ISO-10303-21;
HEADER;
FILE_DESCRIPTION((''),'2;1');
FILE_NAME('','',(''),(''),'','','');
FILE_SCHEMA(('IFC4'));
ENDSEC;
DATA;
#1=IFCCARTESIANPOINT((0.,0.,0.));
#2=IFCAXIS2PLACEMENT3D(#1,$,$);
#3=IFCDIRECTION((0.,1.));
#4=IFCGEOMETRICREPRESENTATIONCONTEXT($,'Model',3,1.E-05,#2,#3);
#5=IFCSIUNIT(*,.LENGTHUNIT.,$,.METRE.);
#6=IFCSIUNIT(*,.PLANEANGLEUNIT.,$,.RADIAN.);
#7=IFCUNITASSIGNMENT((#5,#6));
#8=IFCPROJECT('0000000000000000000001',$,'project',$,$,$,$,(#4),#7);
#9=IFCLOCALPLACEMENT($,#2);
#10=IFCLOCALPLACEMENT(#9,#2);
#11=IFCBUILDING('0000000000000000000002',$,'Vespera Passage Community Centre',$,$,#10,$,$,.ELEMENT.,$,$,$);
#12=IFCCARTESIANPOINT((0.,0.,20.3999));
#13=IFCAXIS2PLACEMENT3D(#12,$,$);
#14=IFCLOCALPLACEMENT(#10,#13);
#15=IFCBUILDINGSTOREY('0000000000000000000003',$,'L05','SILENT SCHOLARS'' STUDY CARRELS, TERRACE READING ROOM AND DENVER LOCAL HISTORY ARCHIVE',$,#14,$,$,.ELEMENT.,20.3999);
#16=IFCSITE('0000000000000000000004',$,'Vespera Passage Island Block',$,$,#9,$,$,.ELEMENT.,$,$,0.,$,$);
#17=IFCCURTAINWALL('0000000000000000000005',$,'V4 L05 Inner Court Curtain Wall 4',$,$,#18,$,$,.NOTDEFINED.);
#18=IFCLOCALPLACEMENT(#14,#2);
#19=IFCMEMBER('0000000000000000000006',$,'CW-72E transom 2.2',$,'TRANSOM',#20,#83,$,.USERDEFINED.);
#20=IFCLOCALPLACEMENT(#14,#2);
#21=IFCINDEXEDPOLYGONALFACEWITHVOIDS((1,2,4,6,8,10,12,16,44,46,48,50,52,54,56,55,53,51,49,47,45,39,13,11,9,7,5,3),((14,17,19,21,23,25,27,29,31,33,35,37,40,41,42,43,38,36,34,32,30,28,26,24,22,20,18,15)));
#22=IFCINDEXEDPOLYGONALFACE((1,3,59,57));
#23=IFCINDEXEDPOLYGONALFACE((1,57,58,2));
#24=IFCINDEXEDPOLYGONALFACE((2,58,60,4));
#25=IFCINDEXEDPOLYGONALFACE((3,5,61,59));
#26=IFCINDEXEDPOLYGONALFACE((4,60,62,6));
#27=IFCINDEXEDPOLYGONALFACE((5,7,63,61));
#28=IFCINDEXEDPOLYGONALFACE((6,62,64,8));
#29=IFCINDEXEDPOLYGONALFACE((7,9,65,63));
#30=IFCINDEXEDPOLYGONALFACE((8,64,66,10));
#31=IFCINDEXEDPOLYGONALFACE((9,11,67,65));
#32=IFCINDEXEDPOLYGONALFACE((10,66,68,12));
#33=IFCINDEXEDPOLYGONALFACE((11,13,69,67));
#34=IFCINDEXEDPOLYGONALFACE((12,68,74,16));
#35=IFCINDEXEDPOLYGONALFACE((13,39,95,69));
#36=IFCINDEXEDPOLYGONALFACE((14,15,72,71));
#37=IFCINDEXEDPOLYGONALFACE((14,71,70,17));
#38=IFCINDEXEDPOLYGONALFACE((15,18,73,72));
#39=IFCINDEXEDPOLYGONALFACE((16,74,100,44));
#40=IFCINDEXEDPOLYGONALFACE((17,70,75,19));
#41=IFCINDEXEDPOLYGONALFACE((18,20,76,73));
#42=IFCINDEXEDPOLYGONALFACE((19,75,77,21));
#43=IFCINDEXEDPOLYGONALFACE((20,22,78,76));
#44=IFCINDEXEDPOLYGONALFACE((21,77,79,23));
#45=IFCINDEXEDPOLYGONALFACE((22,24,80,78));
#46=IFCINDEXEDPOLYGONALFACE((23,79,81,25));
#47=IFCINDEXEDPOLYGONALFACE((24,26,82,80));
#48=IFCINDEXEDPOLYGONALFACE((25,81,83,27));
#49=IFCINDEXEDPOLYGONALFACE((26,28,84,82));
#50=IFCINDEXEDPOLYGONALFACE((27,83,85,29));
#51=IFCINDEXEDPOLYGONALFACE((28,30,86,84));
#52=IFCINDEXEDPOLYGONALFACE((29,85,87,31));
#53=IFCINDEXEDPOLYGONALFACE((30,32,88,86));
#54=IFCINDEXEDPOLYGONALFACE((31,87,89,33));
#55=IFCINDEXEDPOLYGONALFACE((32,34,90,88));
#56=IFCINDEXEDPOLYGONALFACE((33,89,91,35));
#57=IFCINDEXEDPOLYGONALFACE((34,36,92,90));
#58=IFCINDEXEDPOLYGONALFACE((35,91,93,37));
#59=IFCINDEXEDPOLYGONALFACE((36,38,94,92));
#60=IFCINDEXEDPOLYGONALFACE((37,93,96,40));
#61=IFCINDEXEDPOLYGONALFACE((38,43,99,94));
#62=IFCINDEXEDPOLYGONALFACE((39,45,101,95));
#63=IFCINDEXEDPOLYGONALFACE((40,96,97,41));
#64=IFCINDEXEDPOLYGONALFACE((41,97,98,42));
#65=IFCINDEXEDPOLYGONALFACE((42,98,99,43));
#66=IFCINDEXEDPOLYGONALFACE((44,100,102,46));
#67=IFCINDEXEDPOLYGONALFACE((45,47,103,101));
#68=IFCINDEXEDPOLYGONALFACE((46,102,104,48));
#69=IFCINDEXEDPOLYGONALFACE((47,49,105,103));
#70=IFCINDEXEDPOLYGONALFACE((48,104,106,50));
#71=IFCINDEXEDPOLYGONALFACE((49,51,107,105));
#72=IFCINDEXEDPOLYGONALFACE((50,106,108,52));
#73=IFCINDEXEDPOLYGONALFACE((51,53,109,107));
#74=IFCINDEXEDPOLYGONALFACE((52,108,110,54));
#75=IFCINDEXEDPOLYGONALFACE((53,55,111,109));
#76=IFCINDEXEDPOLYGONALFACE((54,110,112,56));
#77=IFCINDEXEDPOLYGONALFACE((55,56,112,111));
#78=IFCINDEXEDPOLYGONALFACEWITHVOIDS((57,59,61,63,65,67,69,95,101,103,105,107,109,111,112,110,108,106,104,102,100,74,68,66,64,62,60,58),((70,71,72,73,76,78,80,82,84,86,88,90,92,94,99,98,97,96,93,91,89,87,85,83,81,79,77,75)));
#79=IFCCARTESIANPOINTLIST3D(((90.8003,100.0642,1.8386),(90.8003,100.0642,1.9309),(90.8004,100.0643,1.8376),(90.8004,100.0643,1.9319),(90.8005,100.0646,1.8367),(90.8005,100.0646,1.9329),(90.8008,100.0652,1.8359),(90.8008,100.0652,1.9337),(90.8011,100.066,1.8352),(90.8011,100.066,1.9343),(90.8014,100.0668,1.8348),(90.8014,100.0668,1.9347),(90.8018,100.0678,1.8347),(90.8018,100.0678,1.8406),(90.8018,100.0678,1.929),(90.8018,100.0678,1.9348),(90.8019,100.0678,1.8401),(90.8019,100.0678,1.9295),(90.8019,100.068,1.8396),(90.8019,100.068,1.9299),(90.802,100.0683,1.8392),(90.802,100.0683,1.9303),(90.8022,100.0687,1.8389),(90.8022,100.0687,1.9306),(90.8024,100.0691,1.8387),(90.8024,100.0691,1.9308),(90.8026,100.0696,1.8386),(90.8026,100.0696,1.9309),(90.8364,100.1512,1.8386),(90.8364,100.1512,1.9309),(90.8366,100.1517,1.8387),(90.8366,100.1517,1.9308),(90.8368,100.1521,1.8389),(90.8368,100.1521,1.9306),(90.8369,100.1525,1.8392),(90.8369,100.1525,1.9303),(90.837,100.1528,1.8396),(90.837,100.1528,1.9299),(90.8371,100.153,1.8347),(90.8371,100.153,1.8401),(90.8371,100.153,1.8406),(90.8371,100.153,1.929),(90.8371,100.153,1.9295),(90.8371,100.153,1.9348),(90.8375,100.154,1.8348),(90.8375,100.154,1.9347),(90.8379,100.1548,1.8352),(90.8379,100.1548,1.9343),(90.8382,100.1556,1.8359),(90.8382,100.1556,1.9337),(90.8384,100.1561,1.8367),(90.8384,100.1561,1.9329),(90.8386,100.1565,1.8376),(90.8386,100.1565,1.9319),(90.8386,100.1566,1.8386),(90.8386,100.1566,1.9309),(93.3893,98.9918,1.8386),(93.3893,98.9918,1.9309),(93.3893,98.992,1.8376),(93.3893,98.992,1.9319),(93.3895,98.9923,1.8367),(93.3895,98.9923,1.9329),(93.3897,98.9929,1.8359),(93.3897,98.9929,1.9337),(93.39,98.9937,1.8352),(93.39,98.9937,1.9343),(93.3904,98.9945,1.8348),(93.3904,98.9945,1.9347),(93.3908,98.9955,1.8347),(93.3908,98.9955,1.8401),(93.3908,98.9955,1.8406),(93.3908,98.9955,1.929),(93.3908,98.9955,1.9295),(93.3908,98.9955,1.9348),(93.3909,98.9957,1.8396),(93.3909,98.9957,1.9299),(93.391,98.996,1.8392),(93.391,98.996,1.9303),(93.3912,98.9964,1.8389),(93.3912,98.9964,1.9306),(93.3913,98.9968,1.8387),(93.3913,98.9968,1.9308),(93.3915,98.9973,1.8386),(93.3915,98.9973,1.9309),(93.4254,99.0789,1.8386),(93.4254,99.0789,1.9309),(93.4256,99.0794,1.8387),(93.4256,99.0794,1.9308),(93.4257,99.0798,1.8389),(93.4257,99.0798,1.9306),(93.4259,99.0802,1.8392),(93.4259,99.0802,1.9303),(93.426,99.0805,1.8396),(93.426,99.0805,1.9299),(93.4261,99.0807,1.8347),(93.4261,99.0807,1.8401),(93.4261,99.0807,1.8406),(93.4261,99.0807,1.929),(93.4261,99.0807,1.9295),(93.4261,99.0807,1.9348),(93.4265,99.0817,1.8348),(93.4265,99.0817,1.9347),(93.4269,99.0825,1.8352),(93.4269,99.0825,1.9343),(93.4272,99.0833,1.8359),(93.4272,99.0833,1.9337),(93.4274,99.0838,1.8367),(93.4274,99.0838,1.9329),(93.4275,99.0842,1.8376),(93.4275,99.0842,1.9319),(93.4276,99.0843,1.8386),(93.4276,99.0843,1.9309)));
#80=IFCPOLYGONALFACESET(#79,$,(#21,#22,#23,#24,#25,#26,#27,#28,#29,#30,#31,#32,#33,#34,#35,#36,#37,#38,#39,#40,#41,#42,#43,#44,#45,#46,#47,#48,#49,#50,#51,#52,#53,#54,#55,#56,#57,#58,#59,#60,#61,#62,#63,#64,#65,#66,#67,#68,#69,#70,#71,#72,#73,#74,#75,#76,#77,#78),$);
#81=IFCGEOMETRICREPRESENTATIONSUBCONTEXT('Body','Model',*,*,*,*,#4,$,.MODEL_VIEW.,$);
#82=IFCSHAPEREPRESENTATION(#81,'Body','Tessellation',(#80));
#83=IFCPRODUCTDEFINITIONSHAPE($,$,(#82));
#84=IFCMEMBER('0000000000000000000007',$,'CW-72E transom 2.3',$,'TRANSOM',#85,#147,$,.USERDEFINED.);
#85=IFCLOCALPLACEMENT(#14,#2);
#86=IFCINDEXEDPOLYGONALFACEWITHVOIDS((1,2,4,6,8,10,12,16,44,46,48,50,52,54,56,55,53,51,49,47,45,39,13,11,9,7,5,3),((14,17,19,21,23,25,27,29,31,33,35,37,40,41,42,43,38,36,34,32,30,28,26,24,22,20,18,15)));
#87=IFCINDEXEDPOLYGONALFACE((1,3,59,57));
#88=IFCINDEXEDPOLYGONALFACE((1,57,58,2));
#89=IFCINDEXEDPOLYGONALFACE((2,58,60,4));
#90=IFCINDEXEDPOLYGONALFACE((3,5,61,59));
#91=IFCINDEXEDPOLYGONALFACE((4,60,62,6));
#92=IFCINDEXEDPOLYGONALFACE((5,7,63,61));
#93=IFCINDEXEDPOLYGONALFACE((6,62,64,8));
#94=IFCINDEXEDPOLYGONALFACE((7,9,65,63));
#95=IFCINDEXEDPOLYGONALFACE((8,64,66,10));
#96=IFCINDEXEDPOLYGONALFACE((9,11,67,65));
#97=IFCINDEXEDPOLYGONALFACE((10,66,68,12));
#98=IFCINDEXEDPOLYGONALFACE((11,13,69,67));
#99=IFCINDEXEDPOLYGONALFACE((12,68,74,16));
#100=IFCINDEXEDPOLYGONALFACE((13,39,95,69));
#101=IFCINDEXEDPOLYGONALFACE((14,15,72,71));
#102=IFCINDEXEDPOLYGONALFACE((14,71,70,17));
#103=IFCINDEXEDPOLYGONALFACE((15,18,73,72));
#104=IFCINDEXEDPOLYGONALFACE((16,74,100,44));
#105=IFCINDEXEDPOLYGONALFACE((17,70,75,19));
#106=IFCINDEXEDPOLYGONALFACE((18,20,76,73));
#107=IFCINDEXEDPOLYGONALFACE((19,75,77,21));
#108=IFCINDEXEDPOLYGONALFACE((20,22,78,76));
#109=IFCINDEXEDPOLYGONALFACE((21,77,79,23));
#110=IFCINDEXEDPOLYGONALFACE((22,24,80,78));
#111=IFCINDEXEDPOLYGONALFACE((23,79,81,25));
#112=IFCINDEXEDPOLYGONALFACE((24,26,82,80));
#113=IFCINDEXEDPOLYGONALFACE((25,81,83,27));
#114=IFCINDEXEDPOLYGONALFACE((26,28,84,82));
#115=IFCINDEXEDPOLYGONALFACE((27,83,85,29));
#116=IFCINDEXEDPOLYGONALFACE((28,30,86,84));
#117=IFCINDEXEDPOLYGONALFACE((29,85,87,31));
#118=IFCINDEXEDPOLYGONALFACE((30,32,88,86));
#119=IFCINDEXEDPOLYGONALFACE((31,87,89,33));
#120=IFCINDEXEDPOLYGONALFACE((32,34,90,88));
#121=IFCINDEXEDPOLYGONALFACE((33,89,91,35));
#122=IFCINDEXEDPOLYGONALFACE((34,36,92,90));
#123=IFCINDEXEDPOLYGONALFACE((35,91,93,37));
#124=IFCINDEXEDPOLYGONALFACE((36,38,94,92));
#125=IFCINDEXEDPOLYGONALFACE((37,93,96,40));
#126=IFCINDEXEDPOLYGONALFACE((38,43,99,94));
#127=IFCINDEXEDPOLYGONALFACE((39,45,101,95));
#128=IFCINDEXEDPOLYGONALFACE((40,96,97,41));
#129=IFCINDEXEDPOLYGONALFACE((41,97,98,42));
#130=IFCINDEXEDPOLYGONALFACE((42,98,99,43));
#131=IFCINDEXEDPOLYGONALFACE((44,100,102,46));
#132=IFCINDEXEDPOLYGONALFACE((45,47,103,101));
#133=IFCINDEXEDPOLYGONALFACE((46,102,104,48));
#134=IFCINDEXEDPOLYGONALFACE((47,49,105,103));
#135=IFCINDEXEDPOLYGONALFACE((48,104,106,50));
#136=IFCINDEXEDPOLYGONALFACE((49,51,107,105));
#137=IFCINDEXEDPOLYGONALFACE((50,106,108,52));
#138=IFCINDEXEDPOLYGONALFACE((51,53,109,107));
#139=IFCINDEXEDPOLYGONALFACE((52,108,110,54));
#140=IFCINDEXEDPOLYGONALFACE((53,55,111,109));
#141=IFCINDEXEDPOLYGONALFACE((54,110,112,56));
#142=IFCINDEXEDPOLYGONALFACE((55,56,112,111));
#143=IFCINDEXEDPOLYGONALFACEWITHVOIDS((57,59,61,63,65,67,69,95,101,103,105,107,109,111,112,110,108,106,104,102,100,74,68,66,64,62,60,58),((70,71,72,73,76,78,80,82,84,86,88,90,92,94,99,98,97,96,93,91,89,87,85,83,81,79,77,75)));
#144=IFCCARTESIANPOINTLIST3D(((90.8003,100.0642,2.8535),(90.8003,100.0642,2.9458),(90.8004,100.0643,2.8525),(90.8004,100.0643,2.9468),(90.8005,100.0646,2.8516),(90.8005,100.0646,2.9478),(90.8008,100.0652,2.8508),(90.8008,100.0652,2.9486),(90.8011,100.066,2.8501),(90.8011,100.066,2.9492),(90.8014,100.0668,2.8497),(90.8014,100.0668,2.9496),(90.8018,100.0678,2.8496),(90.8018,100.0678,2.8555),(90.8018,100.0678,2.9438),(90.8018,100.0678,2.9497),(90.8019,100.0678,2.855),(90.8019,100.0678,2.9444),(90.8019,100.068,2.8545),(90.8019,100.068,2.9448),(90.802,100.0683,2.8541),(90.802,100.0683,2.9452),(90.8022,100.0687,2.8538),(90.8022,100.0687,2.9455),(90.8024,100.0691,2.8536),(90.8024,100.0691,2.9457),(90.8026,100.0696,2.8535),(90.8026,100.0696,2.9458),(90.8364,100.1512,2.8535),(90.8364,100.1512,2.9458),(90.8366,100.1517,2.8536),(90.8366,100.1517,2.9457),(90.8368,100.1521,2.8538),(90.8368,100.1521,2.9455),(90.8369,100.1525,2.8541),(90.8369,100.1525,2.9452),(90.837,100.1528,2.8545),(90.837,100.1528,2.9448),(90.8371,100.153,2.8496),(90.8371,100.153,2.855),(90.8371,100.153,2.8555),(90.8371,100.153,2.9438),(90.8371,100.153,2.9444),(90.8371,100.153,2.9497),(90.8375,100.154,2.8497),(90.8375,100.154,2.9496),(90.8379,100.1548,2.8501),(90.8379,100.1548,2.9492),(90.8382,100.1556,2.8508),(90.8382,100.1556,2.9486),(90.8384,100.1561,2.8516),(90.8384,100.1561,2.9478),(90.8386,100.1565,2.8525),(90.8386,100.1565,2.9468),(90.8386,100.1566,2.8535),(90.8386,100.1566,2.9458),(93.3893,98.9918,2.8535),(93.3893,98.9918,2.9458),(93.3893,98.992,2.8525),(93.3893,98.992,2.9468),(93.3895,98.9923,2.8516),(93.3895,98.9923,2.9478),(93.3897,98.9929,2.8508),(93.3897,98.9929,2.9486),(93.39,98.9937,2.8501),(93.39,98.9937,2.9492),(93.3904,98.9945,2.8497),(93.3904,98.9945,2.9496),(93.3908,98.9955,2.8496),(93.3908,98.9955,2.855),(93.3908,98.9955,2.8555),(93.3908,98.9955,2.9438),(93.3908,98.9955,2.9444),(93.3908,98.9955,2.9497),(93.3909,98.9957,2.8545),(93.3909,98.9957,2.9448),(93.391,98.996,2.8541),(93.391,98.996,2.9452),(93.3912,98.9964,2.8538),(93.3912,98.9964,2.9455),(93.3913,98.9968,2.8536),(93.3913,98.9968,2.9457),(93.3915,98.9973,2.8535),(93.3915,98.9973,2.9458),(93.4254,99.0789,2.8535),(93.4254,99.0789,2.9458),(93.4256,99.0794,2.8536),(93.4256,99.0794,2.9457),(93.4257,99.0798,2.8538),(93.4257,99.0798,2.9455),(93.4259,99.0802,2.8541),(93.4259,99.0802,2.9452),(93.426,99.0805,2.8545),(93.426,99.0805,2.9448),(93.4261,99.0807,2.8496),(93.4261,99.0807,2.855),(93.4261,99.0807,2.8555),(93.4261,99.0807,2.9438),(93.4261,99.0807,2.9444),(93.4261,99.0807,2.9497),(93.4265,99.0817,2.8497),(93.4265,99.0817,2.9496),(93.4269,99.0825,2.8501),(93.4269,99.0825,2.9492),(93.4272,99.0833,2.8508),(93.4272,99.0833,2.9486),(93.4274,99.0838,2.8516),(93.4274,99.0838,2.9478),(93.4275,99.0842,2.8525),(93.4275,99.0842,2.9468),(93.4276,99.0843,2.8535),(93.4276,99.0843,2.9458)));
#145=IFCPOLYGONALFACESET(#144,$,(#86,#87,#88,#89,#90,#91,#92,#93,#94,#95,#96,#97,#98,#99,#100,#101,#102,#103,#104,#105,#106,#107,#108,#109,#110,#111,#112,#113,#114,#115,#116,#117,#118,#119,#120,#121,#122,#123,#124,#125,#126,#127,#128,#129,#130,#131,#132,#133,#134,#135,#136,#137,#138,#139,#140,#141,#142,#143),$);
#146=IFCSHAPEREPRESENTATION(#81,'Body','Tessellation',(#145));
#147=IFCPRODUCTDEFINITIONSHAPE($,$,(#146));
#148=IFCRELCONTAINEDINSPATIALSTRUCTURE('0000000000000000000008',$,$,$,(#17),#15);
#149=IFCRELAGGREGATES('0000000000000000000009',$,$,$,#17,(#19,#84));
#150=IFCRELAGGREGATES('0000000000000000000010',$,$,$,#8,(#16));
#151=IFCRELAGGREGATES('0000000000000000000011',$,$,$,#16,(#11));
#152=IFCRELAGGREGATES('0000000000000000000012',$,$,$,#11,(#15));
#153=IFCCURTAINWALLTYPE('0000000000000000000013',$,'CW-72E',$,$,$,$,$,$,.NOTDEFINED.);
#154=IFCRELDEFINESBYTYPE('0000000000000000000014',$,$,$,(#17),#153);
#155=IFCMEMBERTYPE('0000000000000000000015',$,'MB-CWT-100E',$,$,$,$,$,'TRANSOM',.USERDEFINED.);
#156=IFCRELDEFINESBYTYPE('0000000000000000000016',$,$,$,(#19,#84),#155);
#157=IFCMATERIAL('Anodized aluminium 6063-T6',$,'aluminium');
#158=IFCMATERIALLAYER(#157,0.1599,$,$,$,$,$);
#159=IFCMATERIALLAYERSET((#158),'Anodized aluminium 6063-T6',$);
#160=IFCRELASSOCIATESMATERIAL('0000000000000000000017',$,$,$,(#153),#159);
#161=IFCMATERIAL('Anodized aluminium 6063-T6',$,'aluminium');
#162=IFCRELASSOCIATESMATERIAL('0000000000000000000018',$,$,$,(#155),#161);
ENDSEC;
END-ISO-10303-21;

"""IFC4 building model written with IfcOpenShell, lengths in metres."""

from ifc_helpers import new_model, si_unit, direction, frame, origin, origin_2d, place, context, subcontext, project, spatial, hollow_rectangle, extrude, material, layer, layer_set, material_profile, profile_set, type_object, element, aggregate, save


model = new_model("IFC4")

# Units and contexts
model_context = context("Model", 3, precision=1e-05, world=origin(), true_north=direction((0.0, 1.0)))
body_context = subcontext(model_context, "Body", "Model", "MODEL_VIEW")
ifc_project = project(units=[si_unit("LENGTHUNIT", "METRE"), si_unit("PLANEANGLEUNIT", "RADIAN")], contexts=[model_context])

# Site, building, storey
site_placement = place(None, origin())
site = spatial("IfcSite", under=ifc_project, at=site_placement, Name="Vespera Passage Island Block", CompositionType="ELEMENT", RefElevation=0.0)
building_placement = place(site_placement, origin())
building = spatial("IfcBuilding", under=site, at=building_placement, Name="Vespera Passage Community Centre", CompositionType="ELEMENT")
storey_placement = place(building_placement, frame((0.0, 0.0, 20.3999)))
storey = spatial("IfcBuildingStorey", under=building, at=storey_placement, Name="L05", Description="SILENT SCHOLARS' STUDY CARRELS, TERRACE READING ROOM AND DENVER LOCAL HISTORY ARCHIVE", CompositionType="ELEMENT", Elevation=20.3999)

# Curtain wall, members
ifc_material_1 = material(Name="Anodized aluminium 6063-T6", Category="aluminium")
ifc_layer_1 = layer(ifc_material_1, 0.1599)
ifc_layer_set_1 = layer_set([ifc_layer_1], Name="Anodized aluminium 6063-T6")
curtain_wall_type_1 = type_object("IfcCurtainWallType", Name="CW-72E", PredefinedType="NOTDEFINED", material=ifc_layer_set_1)
curtain_wall_1_placement = place(storey_placement, origin())
curtain_wall_1 = element("IfcCurtainWall", 1, at=curtain_wall_1_placement, inside=storey, type_object=curtain_wall_type_1, Name="V4 L05 Inner Court Curtain Wall 4", PredefinedType="NOTDEFINED")
ifc_material_2 = material(Name="Anodized aluminium 6063-T6", Category="aluminium")
ifc_material_profile_1 = material_profile(ifc_material_2, hollow_rectangle(XDim=0.1001, YDim=0.1001, WallThickness=0.0039, InnerFilletRadius=0.002, OuterFilletRadius=0.0039, at=origin_2d()), Name="ALU100X100X4")
ifc_profile_set_1 = profile_set([ifc_material_profile_1], Name="Anodized aluminium 6063-T6")
member_type_1 = type_object("IfcMemberType", Name="MB-CWT-100E", ElementType="TRANSOM", PredefinedType="USERDEFINED", material=ifc_profile_set_1)
member_1_placement = place(storey_placement, frame((93.4084, 99.0381, 1.8848), z_axis=(-0.923889, 0.38266, 0.0), x_axis=(-0.38266, -0.923889, 0.0)))
member_1 = element("IfcMember", 2, at=member_1_placement, type_object=member_type_1, Name="CW-72E transom 2.2", ObjectType="TRANSOM", PredefinedType="USERDEFINED", context=body_context, shape_type="SweptSolid", body=[
    extrude(hollow_rectangle(XDim=0.1001, YDim=0.1001, WallThickness=0.0039, InnerFilletRadius=0.002, OuterFilletRadius=0.0039, at=origin_2d()), origin(), (0.0, 0.0, 1.0), 2.8022),
])
member_2_placement = place(storey_placement, frame((93.4084, 99.0381, 2.8997), z_axis=(-0.923889, 0.38266, 0.0), x_axis=(-0.38266, -0.923889, 0.0)))
member_2 = element("IfcMember", 3, at=member_2_placement, type_object=member_type_1, Name="CW-72E transom 2.3", ObjectType="TRANSOM", PredefinedType="USERDEFINED", context=body_context, shape_type="SweptSolid", body=[
    extrude(hollow_rectangle(XDim=0.1001, YDim=0.1001, WallThickness=0.0039, InnerFilletRadius=0.002, OuterFilletRadius=0.0039, at=origin_2d()), origin(), (0.0, 0.0, 1.0), 2.8022),
])

aggregate(curtain_wall_1, [member_1, member_2])

save(model, "model.ifc")
